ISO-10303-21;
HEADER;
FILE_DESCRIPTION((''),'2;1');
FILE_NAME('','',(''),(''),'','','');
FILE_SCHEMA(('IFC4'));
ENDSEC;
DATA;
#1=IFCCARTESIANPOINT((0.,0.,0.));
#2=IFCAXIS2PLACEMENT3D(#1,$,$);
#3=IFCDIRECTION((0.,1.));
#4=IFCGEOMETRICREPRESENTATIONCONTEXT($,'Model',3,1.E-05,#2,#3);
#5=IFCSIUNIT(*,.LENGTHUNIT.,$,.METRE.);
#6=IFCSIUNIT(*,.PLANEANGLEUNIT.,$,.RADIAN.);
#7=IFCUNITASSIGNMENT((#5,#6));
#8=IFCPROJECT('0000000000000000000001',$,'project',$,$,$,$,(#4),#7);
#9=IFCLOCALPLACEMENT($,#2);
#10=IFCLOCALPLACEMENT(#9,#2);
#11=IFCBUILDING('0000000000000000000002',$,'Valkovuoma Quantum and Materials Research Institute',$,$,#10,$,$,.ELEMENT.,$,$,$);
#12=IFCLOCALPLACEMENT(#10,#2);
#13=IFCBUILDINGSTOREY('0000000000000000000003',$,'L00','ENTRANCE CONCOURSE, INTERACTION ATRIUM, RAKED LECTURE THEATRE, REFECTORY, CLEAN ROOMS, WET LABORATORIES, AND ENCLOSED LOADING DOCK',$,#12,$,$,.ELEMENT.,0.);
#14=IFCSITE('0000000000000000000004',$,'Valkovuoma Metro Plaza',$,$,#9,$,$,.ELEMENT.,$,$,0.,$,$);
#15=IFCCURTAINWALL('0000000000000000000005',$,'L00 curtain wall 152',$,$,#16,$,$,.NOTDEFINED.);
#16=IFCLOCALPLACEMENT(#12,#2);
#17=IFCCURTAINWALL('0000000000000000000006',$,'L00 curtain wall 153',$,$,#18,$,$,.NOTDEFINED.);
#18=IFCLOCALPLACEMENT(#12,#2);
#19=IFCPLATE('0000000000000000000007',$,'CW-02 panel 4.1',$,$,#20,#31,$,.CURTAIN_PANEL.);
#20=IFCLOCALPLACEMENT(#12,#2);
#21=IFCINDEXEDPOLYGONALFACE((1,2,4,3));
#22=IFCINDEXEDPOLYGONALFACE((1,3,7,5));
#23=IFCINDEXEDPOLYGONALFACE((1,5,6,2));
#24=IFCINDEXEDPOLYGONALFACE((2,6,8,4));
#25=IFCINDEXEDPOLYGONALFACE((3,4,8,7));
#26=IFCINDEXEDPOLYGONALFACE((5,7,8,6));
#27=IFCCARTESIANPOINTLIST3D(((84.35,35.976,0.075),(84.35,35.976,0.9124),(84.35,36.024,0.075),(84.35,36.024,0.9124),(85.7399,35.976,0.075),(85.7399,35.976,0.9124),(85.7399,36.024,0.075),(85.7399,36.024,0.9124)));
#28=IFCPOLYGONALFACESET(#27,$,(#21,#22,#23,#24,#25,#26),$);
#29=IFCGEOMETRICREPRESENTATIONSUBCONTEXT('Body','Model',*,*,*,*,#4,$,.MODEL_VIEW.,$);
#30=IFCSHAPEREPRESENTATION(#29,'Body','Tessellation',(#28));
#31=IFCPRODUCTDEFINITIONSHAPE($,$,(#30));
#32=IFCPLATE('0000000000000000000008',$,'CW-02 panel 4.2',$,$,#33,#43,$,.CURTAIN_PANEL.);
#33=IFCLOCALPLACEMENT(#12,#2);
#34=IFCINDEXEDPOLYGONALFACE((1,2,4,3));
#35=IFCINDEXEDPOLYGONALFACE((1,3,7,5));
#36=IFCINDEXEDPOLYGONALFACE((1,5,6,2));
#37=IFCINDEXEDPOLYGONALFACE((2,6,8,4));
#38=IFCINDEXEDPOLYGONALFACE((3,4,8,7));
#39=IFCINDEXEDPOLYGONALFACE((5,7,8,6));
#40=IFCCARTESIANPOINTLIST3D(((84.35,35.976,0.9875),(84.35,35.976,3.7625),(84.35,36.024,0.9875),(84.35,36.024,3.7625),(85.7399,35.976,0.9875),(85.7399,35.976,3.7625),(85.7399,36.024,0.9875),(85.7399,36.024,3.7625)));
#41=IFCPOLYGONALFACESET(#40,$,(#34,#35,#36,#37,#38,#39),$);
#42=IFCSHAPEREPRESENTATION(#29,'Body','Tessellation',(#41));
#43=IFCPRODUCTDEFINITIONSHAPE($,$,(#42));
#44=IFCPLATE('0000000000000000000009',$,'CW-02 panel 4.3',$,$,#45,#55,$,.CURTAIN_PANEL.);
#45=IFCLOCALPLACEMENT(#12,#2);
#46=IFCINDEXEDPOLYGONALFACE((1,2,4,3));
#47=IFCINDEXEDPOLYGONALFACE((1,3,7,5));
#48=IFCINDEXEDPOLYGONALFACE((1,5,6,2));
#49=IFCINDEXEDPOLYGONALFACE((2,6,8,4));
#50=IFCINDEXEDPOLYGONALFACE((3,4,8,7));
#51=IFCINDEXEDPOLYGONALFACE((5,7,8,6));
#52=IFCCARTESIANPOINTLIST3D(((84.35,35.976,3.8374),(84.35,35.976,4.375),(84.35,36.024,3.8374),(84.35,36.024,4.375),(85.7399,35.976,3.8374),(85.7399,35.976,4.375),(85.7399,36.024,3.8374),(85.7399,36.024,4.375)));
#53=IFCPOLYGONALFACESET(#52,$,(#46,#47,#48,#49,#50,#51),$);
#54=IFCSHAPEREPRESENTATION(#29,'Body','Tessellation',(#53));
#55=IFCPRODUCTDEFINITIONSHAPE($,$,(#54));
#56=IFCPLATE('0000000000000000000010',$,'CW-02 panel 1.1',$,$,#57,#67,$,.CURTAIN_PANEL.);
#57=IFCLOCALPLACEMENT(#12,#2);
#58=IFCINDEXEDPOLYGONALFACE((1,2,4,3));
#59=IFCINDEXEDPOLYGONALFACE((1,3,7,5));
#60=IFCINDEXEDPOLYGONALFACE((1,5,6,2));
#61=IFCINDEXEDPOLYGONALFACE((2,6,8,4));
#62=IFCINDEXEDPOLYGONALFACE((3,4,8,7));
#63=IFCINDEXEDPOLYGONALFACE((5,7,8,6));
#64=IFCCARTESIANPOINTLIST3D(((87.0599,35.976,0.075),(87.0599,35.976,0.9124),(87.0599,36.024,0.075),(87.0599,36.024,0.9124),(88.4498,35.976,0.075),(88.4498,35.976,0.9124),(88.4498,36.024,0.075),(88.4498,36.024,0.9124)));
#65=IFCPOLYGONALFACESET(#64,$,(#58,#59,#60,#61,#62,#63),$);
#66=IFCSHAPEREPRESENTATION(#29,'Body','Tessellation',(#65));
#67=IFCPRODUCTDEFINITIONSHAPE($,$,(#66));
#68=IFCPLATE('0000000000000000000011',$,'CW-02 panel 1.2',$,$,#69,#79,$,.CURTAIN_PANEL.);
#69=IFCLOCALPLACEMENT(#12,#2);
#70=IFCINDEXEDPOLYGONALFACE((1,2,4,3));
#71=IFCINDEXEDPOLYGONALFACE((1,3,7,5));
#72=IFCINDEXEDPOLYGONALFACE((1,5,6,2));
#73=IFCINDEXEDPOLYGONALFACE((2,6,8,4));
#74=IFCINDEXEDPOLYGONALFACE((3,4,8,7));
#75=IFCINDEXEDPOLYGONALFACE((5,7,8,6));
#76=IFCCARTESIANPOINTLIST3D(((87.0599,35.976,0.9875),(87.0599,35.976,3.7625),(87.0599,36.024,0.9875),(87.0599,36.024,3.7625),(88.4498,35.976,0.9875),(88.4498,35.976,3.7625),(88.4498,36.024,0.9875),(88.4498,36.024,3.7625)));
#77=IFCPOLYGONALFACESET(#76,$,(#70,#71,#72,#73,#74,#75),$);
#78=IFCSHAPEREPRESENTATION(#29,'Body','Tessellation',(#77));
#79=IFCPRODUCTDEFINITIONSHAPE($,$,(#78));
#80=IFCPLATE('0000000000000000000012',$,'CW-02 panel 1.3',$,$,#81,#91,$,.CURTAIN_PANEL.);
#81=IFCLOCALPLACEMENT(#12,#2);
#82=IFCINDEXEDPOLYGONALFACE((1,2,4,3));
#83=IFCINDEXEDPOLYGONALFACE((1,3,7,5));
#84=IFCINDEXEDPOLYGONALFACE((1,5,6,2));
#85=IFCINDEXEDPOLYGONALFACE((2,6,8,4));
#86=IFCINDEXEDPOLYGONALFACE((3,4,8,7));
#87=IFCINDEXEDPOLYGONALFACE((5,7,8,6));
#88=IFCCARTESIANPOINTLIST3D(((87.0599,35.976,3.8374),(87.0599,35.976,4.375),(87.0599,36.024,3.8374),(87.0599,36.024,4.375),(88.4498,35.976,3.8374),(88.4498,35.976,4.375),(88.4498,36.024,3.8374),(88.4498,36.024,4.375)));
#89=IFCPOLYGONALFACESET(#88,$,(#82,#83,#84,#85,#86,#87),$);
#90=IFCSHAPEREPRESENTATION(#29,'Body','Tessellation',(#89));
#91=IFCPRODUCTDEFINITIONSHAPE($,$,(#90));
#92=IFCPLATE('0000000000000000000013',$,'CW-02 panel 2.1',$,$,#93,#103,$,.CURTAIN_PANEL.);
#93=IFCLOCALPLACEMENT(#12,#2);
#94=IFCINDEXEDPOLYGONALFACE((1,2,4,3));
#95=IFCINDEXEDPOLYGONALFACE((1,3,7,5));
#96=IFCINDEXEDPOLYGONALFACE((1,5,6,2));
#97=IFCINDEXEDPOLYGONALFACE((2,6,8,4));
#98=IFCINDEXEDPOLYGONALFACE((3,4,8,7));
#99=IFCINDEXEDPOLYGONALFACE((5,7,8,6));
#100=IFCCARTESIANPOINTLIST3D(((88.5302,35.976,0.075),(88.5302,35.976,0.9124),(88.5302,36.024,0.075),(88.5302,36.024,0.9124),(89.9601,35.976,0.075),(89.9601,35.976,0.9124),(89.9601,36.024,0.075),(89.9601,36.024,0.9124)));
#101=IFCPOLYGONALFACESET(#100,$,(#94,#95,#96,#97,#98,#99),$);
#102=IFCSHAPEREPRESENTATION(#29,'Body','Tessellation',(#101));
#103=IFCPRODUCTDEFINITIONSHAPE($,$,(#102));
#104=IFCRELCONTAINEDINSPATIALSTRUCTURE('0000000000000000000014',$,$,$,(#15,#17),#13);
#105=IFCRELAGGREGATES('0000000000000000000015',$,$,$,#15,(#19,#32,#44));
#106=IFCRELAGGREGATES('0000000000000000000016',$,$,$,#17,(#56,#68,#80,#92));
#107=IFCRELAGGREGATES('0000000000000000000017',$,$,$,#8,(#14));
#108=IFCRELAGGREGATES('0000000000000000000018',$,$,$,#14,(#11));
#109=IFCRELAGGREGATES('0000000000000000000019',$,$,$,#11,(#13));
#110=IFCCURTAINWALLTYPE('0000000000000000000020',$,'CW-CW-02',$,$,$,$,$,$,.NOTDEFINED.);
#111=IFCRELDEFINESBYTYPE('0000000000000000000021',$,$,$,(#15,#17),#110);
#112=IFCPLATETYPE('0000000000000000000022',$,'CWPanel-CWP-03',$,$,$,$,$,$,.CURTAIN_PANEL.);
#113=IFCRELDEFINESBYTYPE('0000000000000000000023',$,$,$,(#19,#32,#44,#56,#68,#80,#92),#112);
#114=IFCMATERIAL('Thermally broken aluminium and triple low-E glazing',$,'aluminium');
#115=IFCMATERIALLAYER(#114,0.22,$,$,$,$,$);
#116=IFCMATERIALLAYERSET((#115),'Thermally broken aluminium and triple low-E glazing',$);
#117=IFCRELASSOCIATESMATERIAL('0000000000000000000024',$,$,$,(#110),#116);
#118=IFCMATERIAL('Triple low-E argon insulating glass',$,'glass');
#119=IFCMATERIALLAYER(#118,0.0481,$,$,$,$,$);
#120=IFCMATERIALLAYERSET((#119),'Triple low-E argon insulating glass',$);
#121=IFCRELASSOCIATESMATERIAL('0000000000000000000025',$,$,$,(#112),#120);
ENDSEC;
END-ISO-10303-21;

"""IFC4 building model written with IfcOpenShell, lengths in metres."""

from ifc_helpers import new_model, si_unit, direction, frame, origin, origin_2d, place, context, subcontext, project, spatial, rectangle, extrude, material, layer, layer_set, type_object, element, aggregate, save


model = new_model("IFC4")

# Units and contexts
model_context = context("Model", 3, precision=1e-05, world=origin(), true_north=direction((0.0, 1.0)))
body_context = subcontext(model_context, "Body", "Model", "MODEL_VIEW")
ifc_project = project(units=[si_unit("LENGTHUNIT", "METRE"), si_unit("PLANEANGLEUNIT", "RADIAN")], contexts=[model_context])

# Site, building, storey
site_placement = place(None, origin())
site = spatial("IfcSite", under=ifc_project, at=site_placement, Name="Valkovuoma Metro Plaza", CompositionType="ELEMENT", RefElevation=0.0)
building_placement = place(site_placement, origin())
building = spatial("IfcBuilding", under=site, at=building_placement, Name="Valkovuoma Quantum and Materials Research Institute", CompositionType="ELEMENT")
storey_placement = place(building_placement, origin())
storey = spatial("IfcBuildingStorey", under=building, at=storey_placement, Name="L00", Description="ENTRANCE CONCOURSE, INTERACTION ATRIUM, RAKED LECTURE THEATRE, REFECTORY, CLEAN ROOMS, WET LABORATORIES, AND ENCLOSED LOADING DOCK", CompositionType="ELEMENT", Elevation=0.0)

# Curtain walls
ifc_material_1 = material(Name="Thermally broken aluminium and triple low-E glazing", Category="aluminium")
ifc_layer_1 = layer(ifc_material_1, 0.22)
ifc_layer_set_1 = layer_set([ifc_layer_1], Name="Thermally broken aluminium and triple low-E glazing")
curtain_wall_type = type_object("IfcCurtainWallType", Name="CW-CW-02", PredefinedType="NOTDEFINED", material=ifc_layer_set_1)
curtain_wall_1_placement = place(storey_placement, origin())
curtain_wall_1 = element("IfcCurtainWall", 1, at=curtain_wall_1_placement, inside=storey, type_object=curtain_wall_type, Name="L00 curtain wall 152", PredefinedType="NOTDEFINED")
curtain_wall_2_placement = place(storey_placement, origin())
curtain_wall_2 = element("IfcCurtainWall", 2, at=curtain_wall_2_placement, inside=storey, type_object=curtain_wall_type, Name="L00 curtain wall 153", PredefinedType="NOTDEFINED")

# Plates
ifc_material_2 = material(Name="Triple low-E argon insulating glass", Category="glass")
ifc_layer_2 = layer(ifc_material_2, 0.0481)
ifc_layer_set_2 = layer_set([ifc_layer_2], Name="Triple low-E argon insulating glass")
plate_type = type_object("IfcPlateType", Name="CWPanel-CWP-03", PredefinedType="CURTAIN_PANEL", material=ifc_layer_set_2)
plate_1_placement = place(storey_placement, frame((85.0449, 36.0, 0.075), z_axis=(0.0, 0.0, 1.0), x_axis=(1.0, 0.0, 0.0)))
plate_1 = element("IfcPlate", 3, at=plate_1_placement, type_object=plate_type, Name="CW-02 panel 4.1", PredefinedType="CURTAIN_PANEL", context=body_context, shape_type="SweptSolid", body=[
    extrude(rectangle(XDim=1.3899, YDim=0.0481, at=origin_2d()), origin(), (0.0, 0.0, 1.0), 0.8374),
])
plate_2_placement = place(storey_placement, frame((85.0449, 36.0, 0.9875), z_axis=(0.0, 0.0, 1.0), x_axis=(1.0, 0.0, 0.0)))
plate_2 = element("IfcPlate", 4, at=plate_2_placement, type_object=plate_type, Name="CW-02 panel 4.2", PredefinedType="CURTAIN_PANEL", context=body_context, shape_type="SweptSolid", body=[
    extrude(rectangle(XDim=1.3899, YDim=0.0481, at=origin_2d()), origin(), (0.0, 0.0, 1.0), 2.7749),
])
plate_3_placement = place(storey_placement, frame((85.0449, 36.0, 3.8374), z_axis=(0.0, 0.0, 1.0), x_axis=(1.0, 0.0, 0.0)))
plate_3 = element("IfcPlate", 5, at=plate_3_placement, type_object=plate_type, Name="CW-02 panel 4.3", PredefinedType="CURTAIN_PANEL", context=body_context, shape_type="SweptSolid", body=[
    extrude(rectangle(XDim=1.3899, YDim=0.0481, at=origin_2d()), origin(), (0.0, 0.0, 1.0), 0.5376),
])
aggregate(curtain_wall_1, [plate_1, plate_2, plate_3])
plate_4_placement = place(storey_placement, frame((87.7549, 36.0, 0.075), z_axis=(0.0, 0.0, 1.0), x_axis=(1.0, 0.0, 0.0)))
plate_4 = element("IfcPlate", 6, at=plate_4_placement, type_object=plate_type, Name="CW-02 panel 1.1", PredefinedType="CURTAIN_PANEL", context=body_context, shape_type="SweptSolid", body=[
    extrude(rectangle(XDim=1.3899, YDim=0.0481, at=origin_2d()), origin(), (0.0, 0.0, 1.0), 0.8374),
])
plate_5_placement = place(storey_placement, frame((87.7549, 36.0, 0.9875), z_axis=(0.0, 0.0, 1.0), x_axis=(1.0, 0.0, 0.0)))
plate_5 = element("IfcPlate", 7, at=plate_5_placement, type_object=plate_type, Name="CW-02 panel 1.2", PredefinedType="CURTAIN_PANEL", context=body_context, shape_type="SweptSolid", body=[
    extrude(rectangle(XDim=1.3899, YDim=0.0481, at=origin_2d()), origin(), (0.0, 0.0, 1.0), 2.7749),
])
plate_6_placement = place(storey_placement, frame((87.7549, 36.0, 3.8374), z_axis=(0.0, 0.0, 1.0), x_axis=(1.0, 0.0, 0.0)))
plate_6 = element("IfcPlate", 8, at=plate_6_placement, type_object=plate_type, Name="CW-02 panel 1.3", PredefinedType="CURTAIN_PANEL", context=body_context, shape_type="SweptSolid", body=[
    extrude(rectangle(XDim=1.3899, YDim=0.0481, at=origin_2d()), origin(), (0.0, 0.0, 1.0), 0.5376),
])
plate_7_placement = place(storey_placement, frame((89.2451, 36.0, 0.075), z_axis=(0.0, 0.0, 1.0), x_axis=(1.0, 0.0, 0.0)))
plate_7 = element("IfcPlate", 9, at=plate_7_placement, type_object=plate_type, Name="CW-02 panel 2.1", PredefinedType="CURTAIN_PANEL", context=body_context, shape_type="SweptSolid", body=[
    extrude(rectangle(XDim=1.4299, YDim=0.0481, at=origin_2d()), origin(), (0.0, 0.0, 1.0), 0.8374),
])
aggregate(curtain_wall_2, [plate_4, plate_5, plate_6, plate_7])

save(model, "model.ifc")
